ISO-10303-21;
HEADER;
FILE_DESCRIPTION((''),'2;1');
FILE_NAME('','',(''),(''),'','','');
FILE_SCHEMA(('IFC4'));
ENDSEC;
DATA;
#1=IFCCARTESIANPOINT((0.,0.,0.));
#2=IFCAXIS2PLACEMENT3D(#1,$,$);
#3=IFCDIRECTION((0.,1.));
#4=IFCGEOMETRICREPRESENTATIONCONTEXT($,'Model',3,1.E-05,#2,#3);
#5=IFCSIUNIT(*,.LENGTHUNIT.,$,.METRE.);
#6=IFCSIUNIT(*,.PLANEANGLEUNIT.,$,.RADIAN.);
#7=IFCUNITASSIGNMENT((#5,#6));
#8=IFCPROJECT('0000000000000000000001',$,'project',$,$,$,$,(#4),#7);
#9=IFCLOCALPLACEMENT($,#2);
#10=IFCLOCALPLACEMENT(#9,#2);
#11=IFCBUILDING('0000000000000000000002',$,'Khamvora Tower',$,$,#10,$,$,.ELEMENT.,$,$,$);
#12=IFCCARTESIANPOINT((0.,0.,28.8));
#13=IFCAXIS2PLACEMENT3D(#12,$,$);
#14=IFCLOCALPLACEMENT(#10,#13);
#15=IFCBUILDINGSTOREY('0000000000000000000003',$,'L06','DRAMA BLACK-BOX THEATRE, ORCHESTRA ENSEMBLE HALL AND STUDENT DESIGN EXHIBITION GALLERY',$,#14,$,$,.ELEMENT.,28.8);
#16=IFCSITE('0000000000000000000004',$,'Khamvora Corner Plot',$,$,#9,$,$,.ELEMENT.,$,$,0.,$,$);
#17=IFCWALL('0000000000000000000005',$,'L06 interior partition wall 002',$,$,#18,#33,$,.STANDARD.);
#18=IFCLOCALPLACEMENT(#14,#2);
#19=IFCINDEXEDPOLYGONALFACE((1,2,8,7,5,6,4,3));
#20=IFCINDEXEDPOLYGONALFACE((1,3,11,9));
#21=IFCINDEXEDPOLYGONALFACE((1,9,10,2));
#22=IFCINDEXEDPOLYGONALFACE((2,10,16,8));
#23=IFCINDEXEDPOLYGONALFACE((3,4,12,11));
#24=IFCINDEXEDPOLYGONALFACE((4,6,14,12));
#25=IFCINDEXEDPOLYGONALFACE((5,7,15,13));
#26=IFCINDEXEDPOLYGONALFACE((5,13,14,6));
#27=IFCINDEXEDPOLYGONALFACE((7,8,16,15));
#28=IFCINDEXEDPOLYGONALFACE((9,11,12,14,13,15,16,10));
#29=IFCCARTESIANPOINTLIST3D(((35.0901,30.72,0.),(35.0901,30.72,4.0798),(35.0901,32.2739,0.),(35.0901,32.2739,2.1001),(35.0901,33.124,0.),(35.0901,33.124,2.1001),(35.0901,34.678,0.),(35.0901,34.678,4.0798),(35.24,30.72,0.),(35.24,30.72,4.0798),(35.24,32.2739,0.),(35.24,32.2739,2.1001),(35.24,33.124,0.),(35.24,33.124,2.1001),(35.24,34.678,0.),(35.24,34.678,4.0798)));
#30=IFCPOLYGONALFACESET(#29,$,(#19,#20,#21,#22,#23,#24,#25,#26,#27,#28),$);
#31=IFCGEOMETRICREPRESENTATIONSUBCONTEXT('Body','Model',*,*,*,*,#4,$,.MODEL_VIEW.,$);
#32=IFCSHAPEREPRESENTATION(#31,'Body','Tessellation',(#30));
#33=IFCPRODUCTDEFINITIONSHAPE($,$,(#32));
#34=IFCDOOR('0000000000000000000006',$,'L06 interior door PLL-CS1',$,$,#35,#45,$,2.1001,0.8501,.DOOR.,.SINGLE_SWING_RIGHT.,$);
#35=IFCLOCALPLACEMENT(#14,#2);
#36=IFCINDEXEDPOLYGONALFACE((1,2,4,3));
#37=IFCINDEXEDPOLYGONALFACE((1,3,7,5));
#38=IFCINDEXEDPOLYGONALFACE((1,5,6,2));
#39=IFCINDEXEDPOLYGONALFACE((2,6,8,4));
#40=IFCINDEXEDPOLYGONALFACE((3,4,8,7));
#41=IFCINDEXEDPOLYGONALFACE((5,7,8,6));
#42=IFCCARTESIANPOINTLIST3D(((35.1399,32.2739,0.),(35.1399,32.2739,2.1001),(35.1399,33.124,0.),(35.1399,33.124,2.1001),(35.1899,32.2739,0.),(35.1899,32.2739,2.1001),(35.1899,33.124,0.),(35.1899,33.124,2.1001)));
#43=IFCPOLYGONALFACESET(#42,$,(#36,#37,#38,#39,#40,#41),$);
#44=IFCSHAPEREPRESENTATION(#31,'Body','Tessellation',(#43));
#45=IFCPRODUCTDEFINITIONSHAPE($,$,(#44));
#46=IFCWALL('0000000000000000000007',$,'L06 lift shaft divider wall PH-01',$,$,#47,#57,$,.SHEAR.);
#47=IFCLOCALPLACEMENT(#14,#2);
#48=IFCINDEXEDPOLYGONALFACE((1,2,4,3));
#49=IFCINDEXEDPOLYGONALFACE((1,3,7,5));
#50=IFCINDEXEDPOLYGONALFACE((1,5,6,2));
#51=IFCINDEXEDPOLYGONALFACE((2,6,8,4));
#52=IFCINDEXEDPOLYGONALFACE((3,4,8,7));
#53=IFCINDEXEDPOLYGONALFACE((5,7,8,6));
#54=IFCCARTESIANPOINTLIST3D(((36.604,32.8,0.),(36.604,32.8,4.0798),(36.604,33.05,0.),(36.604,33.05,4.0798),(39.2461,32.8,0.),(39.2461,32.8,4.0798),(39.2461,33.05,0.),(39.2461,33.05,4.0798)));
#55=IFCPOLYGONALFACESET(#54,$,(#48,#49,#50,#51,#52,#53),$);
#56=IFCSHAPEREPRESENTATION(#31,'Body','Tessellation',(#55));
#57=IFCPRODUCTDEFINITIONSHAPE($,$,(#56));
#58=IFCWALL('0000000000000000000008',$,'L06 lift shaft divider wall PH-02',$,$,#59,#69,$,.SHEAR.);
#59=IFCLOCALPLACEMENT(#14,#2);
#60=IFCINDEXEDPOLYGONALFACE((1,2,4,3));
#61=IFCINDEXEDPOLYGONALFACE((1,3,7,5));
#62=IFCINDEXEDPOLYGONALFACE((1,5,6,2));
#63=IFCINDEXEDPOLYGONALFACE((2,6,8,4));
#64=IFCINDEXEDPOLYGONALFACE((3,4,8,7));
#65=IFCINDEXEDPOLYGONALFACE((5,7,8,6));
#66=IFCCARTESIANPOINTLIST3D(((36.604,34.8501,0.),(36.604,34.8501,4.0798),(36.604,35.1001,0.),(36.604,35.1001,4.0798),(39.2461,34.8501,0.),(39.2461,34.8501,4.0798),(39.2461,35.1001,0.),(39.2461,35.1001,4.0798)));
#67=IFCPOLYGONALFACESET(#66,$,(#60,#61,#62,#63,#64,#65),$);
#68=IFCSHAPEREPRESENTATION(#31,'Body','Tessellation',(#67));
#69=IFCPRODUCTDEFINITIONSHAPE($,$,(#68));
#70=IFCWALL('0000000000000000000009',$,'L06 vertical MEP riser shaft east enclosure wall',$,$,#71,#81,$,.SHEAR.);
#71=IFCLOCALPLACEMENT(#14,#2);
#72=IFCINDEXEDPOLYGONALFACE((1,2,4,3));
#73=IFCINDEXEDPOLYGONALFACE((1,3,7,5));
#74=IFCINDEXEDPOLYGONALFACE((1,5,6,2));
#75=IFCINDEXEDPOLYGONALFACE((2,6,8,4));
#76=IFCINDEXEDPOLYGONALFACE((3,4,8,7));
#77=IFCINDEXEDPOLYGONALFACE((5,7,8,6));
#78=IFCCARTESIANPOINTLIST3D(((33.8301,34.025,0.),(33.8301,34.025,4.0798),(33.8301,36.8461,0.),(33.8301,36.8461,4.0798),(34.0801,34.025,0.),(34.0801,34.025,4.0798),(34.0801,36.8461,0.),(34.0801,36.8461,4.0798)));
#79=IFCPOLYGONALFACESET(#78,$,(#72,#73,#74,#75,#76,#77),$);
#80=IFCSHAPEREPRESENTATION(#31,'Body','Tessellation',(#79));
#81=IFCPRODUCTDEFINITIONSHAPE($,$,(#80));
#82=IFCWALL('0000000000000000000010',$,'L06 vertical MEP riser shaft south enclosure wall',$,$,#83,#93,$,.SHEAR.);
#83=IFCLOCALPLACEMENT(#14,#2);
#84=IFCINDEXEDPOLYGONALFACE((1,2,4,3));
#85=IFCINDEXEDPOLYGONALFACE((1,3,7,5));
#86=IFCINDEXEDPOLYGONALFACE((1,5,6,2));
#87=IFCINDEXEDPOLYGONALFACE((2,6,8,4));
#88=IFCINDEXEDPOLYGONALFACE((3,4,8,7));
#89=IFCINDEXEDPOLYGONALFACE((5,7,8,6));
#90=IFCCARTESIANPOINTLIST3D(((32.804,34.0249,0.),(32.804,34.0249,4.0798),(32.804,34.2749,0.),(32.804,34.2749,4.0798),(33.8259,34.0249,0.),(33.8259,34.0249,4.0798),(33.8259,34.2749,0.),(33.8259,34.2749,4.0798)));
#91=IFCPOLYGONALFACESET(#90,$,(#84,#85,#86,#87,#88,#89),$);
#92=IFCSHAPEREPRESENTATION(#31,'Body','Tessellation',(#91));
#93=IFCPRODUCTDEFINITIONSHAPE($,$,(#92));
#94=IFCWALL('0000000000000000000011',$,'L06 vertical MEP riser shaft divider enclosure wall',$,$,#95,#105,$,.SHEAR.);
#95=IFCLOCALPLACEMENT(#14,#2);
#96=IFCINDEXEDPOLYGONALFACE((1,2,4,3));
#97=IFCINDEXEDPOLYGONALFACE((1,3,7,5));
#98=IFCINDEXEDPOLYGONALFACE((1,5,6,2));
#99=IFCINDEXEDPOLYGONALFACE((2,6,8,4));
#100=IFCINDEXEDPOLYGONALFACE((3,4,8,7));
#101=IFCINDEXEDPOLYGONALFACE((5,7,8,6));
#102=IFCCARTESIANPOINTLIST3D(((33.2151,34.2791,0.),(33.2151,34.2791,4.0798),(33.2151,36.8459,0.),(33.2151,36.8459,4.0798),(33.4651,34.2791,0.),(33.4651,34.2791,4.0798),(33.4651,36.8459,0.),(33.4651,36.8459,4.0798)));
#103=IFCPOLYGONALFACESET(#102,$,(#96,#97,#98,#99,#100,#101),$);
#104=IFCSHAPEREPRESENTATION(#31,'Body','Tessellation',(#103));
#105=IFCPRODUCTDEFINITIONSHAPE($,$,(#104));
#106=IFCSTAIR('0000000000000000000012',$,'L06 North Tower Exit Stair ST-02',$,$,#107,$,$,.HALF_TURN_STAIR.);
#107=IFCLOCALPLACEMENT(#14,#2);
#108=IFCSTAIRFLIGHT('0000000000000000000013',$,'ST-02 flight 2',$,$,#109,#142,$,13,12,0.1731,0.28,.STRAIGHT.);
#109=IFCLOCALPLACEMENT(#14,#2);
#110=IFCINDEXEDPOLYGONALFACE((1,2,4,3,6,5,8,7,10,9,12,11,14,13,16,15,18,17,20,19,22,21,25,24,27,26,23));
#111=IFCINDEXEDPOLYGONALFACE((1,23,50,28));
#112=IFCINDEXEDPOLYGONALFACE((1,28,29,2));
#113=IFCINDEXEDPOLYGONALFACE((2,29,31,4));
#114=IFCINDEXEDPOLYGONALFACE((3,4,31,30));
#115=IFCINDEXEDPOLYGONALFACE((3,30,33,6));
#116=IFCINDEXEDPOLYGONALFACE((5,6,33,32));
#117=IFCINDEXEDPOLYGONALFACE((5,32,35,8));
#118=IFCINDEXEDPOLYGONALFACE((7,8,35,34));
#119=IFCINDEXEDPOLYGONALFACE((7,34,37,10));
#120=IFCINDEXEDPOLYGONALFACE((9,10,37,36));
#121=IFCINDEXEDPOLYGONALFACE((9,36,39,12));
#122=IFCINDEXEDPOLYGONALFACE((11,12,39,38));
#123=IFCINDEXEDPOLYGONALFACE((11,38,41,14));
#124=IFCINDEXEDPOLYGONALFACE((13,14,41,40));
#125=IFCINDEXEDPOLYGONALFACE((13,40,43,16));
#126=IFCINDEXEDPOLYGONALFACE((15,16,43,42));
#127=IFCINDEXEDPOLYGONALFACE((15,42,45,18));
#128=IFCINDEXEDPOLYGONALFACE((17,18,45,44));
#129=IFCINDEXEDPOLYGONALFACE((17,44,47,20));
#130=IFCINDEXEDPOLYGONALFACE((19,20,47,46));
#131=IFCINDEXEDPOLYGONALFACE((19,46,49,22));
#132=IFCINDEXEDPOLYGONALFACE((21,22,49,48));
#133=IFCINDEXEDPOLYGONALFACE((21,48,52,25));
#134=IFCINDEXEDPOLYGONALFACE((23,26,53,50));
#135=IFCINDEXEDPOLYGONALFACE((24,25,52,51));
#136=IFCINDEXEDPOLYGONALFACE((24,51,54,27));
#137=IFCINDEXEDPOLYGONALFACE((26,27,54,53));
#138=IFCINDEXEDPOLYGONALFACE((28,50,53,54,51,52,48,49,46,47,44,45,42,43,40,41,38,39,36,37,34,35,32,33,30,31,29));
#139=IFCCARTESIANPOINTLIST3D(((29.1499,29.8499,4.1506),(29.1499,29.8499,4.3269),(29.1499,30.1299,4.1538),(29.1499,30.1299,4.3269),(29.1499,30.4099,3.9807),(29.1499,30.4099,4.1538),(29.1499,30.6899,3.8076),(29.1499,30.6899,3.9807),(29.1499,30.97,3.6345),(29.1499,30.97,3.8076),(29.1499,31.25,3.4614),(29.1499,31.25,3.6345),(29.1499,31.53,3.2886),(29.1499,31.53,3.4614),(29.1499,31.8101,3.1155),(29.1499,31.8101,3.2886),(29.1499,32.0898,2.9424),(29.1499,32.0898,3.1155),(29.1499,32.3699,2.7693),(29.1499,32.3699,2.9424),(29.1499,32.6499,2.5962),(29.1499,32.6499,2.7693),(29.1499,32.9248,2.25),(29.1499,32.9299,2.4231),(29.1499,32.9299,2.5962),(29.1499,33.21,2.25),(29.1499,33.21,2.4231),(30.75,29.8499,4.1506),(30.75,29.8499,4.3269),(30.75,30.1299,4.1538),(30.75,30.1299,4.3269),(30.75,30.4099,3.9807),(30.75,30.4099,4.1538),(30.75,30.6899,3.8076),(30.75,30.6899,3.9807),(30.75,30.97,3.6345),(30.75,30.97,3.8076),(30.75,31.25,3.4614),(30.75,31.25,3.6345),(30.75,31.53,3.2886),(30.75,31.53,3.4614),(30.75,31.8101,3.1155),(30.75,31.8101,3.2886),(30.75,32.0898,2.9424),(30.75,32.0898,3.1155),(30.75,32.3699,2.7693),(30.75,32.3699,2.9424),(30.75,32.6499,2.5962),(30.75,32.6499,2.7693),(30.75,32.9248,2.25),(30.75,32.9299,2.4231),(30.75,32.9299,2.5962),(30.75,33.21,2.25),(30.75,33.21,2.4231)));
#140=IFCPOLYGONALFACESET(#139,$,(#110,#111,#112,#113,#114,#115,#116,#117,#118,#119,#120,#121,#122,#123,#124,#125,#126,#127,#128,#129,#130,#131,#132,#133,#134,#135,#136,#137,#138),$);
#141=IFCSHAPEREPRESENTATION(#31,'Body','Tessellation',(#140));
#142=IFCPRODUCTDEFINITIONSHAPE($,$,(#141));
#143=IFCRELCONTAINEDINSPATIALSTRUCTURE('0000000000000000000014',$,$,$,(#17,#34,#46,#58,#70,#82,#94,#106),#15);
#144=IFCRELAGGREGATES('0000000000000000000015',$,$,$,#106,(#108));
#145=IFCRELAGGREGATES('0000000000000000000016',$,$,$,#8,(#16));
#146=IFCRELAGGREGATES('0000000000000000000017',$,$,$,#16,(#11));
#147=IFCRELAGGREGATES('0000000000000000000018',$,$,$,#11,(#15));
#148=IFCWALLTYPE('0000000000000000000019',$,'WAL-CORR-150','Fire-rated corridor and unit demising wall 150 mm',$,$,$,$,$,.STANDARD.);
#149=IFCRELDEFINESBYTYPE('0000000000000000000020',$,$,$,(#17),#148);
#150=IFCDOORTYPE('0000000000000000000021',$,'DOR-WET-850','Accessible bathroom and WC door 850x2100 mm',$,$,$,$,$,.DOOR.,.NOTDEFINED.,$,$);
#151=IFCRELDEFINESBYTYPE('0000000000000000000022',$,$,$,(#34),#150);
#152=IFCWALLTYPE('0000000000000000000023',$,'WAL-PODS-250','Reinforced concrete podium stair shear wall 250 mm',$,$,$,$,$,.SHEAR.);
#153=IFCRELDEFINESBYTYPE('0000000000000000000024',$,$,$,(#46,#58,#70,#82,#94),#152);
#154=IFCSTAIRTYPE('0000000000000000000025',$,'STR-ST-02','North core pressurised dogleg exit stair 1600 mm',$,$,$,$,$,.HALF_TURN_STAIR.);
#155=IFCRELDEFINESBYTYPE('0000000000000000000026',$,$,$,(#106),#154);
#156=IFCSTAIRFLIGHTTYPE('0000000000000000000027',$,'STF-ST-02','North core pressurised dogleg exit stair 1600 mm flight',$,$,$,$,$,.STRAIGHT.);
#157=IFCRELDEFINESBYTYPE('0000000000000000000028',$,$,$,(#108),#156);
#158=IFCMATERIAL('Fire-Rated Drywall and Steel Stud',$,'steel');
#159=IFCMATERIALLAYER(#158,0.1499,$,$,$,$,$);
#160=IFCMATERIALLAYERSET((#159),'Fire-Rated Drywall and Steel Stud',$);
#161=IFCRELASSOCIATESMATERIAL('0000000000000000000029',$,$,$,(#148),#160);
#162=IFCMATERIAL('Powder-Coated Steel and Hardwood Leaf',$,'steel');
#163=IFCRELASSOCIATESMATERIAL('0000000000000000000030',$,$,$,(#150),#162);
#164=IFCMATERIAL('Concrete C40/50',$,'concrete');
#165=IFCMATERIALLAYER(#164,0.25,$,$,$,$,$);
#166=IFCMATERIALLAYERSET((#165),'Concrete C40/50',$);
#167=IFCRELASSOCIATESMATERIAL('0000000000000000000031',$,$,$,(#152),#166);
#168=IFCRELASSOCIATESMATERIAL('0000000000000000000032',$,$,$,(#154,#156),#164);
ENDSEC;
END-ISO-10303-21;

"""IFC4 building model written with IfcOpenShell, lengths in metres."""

from ifc_helpers import new_model, si_unit, direction, frame, frame_2d, origin, place, context, subcontext, project, spatial, polyline, rectangle, outline, extrude, material, layer, layer_set, type_object, element, fill, aggregate, save


model = new_model("IFC4")

# Units and contexts
model_context = context("Model", 3, precision=1e-05, world=origin(), true_north=direction((0.0, 1.0)))
body_context = subcontext(model_context, "Body", "Model", "MODEL_VIEW")
ifc_project = project(units=[si_unit("LENGTHUNIT", "METRE"), si_unit("PLANEANGLEUNIT", "RADIAN")], contexts=[model_context])

# Site, building, storey
site_placement = place(None, origin())
site = spatial("IfcSite", under=ifc_project, at=site_placement, Name="Khamvora Corner Plot", CompositionType="ELEMENT", RefElevation=0.0)
building_placement = place(site_placement, origin())
building = spatial("IfcBuilding", under=site, at=building_placement, Name="Khamvora Tower", CompositionType="ELEMENT")
storey_placement = place(building_placement, frame((0.0, 0.0, 28.8)))
storey = spatial("IfcBuildingStorey", under=building, at=storey_placement, Name="L06", Description="DRAMA BLACK-BOX THEATRE, ORCHESTRA ENSEMBLE HALL AND STUDENT DESIGN EXHIBITION GALLERY", CompositionType="ELEMENT", Elevation=28.8)

# Shared definitions
ifc_material_1 = material(Name="Fire-Rated Drywall and Steel Stud", Category="steel")
ifc_layer_1 = layer(ifc_material_1, 0.1499)
ifc_layer_set_1 = layer_set([ifc_layer_1], Name="Fire-Rated Drywall and Steel Stud")
wall_type_1 = type_object("IfcWallType", Name="WAL-CORR-150", Description="Fire-rated corridor and unit demising wall 150 mm", PredefinedType="STANDARD", material=ifc_layer_set_1)

# Wall, opening, door
wall_1_placement = place(storey_placement, frame((35.165, 34.678, 0.0), z_axis=(0.0, 0.0, 1.0), x_axis=(0.0, -1.0, 0.0)))
wall_1 = element("IfcWall", 1, at=wall_1_placement, inside=storey, type_object=wall_type_1, Name="L06 interior partition wall 002", PredefinedType="STANDARD", context=body_context, shape_type="SweptSolid", body=[
    extrude(rectangle(XDim=3.958, YDim=0.1499, at=frame_2d((1.979, 0.0))), origin(), (0.0, 0.0, 1.0), 4.0798),
])
opening_placement = place(wall_1_placement, frame((1.554, 0.0, 0.0)))
opening = element("IfcOpeningElement", 2, at=opening_placement, cuts=wall_1, PredefinedType="OPENING", context=body_context, shape_type="SweptSolid", body=[
    extrude(rectangle(XDim=0.8501, YDim=2.1001, at=frame_2d((0.425, 1.05))), frame((0.0, 0.085, 0.0), z_axis=(0.0, -1.0, 0.0), x_axis=(1.0, 0.0, 0.0)), (0.0, 0.0, 1.0), 0.1699),
])
ifc_material_2 = material(Name="Powder-Coated Steel and Hardwood Leaf", Category="steel")
door_type = type_object("IfcDoorType", Name="DOR-WET-850", Description="Accessible bathroom and WC door 850x2100 mm", OperationType="NOTDEFINED", PredefinedType="DOOR", material=ifc_material_2)
door_placement = place(opening_placement, origin())
door = element("IfcDoor", 3, at=door_placement, inside=storey, type_object=door_type, Name="L06 interior door PLL-CS1", OperationType="SINGLE_SWING_RIGHT", OverallHeight=2.1001, OverallWidth=0.8501, PredefinedType="DOOR", context=body_context, shape_type="SweptSolid", body=[
    extrude(rectangle(XDim=0.8501, YDim=2.1001, at=frame_2d((0.425, 1.05))), frame((0.0, 0.0249, 0.0), z_axis=(0.0, -1.0, 0.0), x_axis=(1.0, 0.0, 0.0)), (0.0, 0.0, 1.0), 0.05),
])
fill(opening, door)

# Walls
ifc_material_3 = material(Name="Concrete C40/50", Category="concrete")
ifc_layer_2 = layer(ifc_material_3, 0.25)
ifc_layer_set_2 = layer_set([ifc_layer_2], Name="Concrete C40/50")
wall_type_2 = type_object("IfcWallType", Name="WAL-PODS-250", Description="Reinforced concrete podium stair shear wall 250 mm", PredefinedType="SHEAR", material=ifc_layer_set_2)
for number, where, z_axis, x_axis, name in (
    (4, (36.604, 32.925, 0.0), (0.0, 0.0, 1.0), (1.0, 0.0, 0.0), "L06 lift shaft divider wall PH-01"),
    (5, (36.604, 34.9751, 0.0), (0.0, 0.0, 1.0), (1.0, 0.0, 0.0), "L06 lift shaft divider wall PH-02"),
):
    element("IfcWall", number, at=place(storey_placement, frame(where, z_axis=z_axis, x_axis=x_axis)), inside=storey, type_object=wall_type_2, Name=name, PredefinedType="SHEAR", context=body_context, shape_type="SweptSolid", body=[
        extrude(rectangle(XDim=2.6421, YDim=0.25, at=frame_2d((1.321, 0.0))), origin(), (0.0, 0.0, 1.0), 4.0798),
    ])
wall_2_placement = place(storey_placement, frame((33.9551, 34.0249, 0.0), z_axis=(0.0, 0.0, 1.0), x_axis=(0.0, 1.0, 0.0)))
element("IfcWall", 6, at=wall_2_placement, inside=storey, type_object=wall_type_2, Name="L06 vertical MEP riser shaft east enclosure wall", PredefinedType="SHEAR", context=body_context, shape_type="SweptSolid", body=[
    extrude(rectangle(XDim=2.821, YDim=0.25, at=frame_2d((1.4106, 0.0))), origin(), (0.0, 0.0, 1.0), 4.0798),
])
wall_3_placement = place(storey_placement, frame((32.804, 34.1499, 0.0), z_axis=(0.0, 0.0, 1.0), x_axis=(1.0, 0.0, 0.0)))
element("IfcWall", 7, at=wall_3_placement, inside=storey, type_object=wall_type_2, Name="L06 vertical MEP riser shaft south enclosure wall", PredefinedType="SHEAR", context=body_context, shape_type="SweptSolid", body=[
    extrude(rectangle(XDim=1.022, YDim=0.25, at=frame_2d((0.511, 0.0))), origin(), (0.0, 0.0, 1.0), 4.0798),
])
wall_4_placement = place(storey_placement, frame((33.3401, 34.2791, 0.0), z_axis=(0.0, 0.0, 1.0), x_axis=(0.0, 1.0, 0.0)))
element("IfcWall", 8, at=wall_4_placement, inside=storey, type_object=wall_type_2, Name="L06 vertical MEP riser shaft divider enclosure wall", PredefinedType="SHEAR", context=body_context, shape_type="SweptSolid", body=[
    extrude(rectangle(XDim=2.5669, YDim=0.25, at=frame_2d((1.2834, 0.0))), origin(), (0.0, 0.0, 1.0), 4.0798),
])

# Stair, stair flight
stair_type = type_object("IfcStairType", Name="STR-ST-02", Description="North core pressurised dogleg exit stair 1600 mm", PredefinedType="HALF_TURN_STAIR", material=ifc_material_3)
stair_placement = place(storey_placement, origin())
stair = element("IfcStair", 9, at=stair_placement, inside=storey, type_object=stair_type, Name="L06 North Tower Exit Stair ST-02", PredefinedType="HALF_TURN_STAIR")
stair_flight_type = type_object("IfcStairFlightType", Name="STF-ST-02", Description="North core pressurised dogleg exit stair 1600 mm flight", PredefinedType="STRAIGHT", material=ifc_material_3)
stair_flight_placement = place(storey_placement, frame((29.95, 33.21, 2.25), z_axis=(0.0, 0.0, 1.0), x_axis=(0.0, -1.0, 0.0)))
stair_flight = element("IfcStairFlight", 10, at=stair_flight_placement, type_object=stair_flight_type, Name="ST-02 flight 2", NumberOfRisers=13, NumberOfTreads=12, PredefinedType="STRAIGHT", RiserHeight=0.1731, TreadLength=0.28, context=body_context, shape_type="SweptSolid", body=[
    extrude(outline(polyline([(0.0, 0.0), (0.0, 0.1731), (0.28, 0.1731), (0.28, 0.3462), (0.5601, 0.3462), (0.5601, 0.5193), (0.8401, 0.5193), (0.8401, 0.6924), (1.1201, 0.6924), (1.1201, 0.8655), (1.3999, 0.8655), (1.3999, 1.0386), (1.6799, 1.0386), (1.6799, 1.2114), (1.96, 1.2114), (1.96, 1.3845), (2.24, 1.3845), (2.24, 1.5576), (2.52, 1.5576), (2.52, 1.7307), (2.8, 1.7307), (2.8, 1.9038), (3.0801, 1.9038), (3.0801, 2.0769), (3.3601, 2.0769), (3.3601, 2.25), (3.3601, 1.9006), (0.2852, 0.0), (0.0, 0.0)])), frame((0.0, 0.8, 0.0), z_axis=(0.0, -1.0, 0.0), x_axis=(1.0, 0.0, 0.0)), (0.0, 0.0, 1.0), 1.6001),
])
aggregate(stair, [stair_flight])

save(model, "model.ifc")
